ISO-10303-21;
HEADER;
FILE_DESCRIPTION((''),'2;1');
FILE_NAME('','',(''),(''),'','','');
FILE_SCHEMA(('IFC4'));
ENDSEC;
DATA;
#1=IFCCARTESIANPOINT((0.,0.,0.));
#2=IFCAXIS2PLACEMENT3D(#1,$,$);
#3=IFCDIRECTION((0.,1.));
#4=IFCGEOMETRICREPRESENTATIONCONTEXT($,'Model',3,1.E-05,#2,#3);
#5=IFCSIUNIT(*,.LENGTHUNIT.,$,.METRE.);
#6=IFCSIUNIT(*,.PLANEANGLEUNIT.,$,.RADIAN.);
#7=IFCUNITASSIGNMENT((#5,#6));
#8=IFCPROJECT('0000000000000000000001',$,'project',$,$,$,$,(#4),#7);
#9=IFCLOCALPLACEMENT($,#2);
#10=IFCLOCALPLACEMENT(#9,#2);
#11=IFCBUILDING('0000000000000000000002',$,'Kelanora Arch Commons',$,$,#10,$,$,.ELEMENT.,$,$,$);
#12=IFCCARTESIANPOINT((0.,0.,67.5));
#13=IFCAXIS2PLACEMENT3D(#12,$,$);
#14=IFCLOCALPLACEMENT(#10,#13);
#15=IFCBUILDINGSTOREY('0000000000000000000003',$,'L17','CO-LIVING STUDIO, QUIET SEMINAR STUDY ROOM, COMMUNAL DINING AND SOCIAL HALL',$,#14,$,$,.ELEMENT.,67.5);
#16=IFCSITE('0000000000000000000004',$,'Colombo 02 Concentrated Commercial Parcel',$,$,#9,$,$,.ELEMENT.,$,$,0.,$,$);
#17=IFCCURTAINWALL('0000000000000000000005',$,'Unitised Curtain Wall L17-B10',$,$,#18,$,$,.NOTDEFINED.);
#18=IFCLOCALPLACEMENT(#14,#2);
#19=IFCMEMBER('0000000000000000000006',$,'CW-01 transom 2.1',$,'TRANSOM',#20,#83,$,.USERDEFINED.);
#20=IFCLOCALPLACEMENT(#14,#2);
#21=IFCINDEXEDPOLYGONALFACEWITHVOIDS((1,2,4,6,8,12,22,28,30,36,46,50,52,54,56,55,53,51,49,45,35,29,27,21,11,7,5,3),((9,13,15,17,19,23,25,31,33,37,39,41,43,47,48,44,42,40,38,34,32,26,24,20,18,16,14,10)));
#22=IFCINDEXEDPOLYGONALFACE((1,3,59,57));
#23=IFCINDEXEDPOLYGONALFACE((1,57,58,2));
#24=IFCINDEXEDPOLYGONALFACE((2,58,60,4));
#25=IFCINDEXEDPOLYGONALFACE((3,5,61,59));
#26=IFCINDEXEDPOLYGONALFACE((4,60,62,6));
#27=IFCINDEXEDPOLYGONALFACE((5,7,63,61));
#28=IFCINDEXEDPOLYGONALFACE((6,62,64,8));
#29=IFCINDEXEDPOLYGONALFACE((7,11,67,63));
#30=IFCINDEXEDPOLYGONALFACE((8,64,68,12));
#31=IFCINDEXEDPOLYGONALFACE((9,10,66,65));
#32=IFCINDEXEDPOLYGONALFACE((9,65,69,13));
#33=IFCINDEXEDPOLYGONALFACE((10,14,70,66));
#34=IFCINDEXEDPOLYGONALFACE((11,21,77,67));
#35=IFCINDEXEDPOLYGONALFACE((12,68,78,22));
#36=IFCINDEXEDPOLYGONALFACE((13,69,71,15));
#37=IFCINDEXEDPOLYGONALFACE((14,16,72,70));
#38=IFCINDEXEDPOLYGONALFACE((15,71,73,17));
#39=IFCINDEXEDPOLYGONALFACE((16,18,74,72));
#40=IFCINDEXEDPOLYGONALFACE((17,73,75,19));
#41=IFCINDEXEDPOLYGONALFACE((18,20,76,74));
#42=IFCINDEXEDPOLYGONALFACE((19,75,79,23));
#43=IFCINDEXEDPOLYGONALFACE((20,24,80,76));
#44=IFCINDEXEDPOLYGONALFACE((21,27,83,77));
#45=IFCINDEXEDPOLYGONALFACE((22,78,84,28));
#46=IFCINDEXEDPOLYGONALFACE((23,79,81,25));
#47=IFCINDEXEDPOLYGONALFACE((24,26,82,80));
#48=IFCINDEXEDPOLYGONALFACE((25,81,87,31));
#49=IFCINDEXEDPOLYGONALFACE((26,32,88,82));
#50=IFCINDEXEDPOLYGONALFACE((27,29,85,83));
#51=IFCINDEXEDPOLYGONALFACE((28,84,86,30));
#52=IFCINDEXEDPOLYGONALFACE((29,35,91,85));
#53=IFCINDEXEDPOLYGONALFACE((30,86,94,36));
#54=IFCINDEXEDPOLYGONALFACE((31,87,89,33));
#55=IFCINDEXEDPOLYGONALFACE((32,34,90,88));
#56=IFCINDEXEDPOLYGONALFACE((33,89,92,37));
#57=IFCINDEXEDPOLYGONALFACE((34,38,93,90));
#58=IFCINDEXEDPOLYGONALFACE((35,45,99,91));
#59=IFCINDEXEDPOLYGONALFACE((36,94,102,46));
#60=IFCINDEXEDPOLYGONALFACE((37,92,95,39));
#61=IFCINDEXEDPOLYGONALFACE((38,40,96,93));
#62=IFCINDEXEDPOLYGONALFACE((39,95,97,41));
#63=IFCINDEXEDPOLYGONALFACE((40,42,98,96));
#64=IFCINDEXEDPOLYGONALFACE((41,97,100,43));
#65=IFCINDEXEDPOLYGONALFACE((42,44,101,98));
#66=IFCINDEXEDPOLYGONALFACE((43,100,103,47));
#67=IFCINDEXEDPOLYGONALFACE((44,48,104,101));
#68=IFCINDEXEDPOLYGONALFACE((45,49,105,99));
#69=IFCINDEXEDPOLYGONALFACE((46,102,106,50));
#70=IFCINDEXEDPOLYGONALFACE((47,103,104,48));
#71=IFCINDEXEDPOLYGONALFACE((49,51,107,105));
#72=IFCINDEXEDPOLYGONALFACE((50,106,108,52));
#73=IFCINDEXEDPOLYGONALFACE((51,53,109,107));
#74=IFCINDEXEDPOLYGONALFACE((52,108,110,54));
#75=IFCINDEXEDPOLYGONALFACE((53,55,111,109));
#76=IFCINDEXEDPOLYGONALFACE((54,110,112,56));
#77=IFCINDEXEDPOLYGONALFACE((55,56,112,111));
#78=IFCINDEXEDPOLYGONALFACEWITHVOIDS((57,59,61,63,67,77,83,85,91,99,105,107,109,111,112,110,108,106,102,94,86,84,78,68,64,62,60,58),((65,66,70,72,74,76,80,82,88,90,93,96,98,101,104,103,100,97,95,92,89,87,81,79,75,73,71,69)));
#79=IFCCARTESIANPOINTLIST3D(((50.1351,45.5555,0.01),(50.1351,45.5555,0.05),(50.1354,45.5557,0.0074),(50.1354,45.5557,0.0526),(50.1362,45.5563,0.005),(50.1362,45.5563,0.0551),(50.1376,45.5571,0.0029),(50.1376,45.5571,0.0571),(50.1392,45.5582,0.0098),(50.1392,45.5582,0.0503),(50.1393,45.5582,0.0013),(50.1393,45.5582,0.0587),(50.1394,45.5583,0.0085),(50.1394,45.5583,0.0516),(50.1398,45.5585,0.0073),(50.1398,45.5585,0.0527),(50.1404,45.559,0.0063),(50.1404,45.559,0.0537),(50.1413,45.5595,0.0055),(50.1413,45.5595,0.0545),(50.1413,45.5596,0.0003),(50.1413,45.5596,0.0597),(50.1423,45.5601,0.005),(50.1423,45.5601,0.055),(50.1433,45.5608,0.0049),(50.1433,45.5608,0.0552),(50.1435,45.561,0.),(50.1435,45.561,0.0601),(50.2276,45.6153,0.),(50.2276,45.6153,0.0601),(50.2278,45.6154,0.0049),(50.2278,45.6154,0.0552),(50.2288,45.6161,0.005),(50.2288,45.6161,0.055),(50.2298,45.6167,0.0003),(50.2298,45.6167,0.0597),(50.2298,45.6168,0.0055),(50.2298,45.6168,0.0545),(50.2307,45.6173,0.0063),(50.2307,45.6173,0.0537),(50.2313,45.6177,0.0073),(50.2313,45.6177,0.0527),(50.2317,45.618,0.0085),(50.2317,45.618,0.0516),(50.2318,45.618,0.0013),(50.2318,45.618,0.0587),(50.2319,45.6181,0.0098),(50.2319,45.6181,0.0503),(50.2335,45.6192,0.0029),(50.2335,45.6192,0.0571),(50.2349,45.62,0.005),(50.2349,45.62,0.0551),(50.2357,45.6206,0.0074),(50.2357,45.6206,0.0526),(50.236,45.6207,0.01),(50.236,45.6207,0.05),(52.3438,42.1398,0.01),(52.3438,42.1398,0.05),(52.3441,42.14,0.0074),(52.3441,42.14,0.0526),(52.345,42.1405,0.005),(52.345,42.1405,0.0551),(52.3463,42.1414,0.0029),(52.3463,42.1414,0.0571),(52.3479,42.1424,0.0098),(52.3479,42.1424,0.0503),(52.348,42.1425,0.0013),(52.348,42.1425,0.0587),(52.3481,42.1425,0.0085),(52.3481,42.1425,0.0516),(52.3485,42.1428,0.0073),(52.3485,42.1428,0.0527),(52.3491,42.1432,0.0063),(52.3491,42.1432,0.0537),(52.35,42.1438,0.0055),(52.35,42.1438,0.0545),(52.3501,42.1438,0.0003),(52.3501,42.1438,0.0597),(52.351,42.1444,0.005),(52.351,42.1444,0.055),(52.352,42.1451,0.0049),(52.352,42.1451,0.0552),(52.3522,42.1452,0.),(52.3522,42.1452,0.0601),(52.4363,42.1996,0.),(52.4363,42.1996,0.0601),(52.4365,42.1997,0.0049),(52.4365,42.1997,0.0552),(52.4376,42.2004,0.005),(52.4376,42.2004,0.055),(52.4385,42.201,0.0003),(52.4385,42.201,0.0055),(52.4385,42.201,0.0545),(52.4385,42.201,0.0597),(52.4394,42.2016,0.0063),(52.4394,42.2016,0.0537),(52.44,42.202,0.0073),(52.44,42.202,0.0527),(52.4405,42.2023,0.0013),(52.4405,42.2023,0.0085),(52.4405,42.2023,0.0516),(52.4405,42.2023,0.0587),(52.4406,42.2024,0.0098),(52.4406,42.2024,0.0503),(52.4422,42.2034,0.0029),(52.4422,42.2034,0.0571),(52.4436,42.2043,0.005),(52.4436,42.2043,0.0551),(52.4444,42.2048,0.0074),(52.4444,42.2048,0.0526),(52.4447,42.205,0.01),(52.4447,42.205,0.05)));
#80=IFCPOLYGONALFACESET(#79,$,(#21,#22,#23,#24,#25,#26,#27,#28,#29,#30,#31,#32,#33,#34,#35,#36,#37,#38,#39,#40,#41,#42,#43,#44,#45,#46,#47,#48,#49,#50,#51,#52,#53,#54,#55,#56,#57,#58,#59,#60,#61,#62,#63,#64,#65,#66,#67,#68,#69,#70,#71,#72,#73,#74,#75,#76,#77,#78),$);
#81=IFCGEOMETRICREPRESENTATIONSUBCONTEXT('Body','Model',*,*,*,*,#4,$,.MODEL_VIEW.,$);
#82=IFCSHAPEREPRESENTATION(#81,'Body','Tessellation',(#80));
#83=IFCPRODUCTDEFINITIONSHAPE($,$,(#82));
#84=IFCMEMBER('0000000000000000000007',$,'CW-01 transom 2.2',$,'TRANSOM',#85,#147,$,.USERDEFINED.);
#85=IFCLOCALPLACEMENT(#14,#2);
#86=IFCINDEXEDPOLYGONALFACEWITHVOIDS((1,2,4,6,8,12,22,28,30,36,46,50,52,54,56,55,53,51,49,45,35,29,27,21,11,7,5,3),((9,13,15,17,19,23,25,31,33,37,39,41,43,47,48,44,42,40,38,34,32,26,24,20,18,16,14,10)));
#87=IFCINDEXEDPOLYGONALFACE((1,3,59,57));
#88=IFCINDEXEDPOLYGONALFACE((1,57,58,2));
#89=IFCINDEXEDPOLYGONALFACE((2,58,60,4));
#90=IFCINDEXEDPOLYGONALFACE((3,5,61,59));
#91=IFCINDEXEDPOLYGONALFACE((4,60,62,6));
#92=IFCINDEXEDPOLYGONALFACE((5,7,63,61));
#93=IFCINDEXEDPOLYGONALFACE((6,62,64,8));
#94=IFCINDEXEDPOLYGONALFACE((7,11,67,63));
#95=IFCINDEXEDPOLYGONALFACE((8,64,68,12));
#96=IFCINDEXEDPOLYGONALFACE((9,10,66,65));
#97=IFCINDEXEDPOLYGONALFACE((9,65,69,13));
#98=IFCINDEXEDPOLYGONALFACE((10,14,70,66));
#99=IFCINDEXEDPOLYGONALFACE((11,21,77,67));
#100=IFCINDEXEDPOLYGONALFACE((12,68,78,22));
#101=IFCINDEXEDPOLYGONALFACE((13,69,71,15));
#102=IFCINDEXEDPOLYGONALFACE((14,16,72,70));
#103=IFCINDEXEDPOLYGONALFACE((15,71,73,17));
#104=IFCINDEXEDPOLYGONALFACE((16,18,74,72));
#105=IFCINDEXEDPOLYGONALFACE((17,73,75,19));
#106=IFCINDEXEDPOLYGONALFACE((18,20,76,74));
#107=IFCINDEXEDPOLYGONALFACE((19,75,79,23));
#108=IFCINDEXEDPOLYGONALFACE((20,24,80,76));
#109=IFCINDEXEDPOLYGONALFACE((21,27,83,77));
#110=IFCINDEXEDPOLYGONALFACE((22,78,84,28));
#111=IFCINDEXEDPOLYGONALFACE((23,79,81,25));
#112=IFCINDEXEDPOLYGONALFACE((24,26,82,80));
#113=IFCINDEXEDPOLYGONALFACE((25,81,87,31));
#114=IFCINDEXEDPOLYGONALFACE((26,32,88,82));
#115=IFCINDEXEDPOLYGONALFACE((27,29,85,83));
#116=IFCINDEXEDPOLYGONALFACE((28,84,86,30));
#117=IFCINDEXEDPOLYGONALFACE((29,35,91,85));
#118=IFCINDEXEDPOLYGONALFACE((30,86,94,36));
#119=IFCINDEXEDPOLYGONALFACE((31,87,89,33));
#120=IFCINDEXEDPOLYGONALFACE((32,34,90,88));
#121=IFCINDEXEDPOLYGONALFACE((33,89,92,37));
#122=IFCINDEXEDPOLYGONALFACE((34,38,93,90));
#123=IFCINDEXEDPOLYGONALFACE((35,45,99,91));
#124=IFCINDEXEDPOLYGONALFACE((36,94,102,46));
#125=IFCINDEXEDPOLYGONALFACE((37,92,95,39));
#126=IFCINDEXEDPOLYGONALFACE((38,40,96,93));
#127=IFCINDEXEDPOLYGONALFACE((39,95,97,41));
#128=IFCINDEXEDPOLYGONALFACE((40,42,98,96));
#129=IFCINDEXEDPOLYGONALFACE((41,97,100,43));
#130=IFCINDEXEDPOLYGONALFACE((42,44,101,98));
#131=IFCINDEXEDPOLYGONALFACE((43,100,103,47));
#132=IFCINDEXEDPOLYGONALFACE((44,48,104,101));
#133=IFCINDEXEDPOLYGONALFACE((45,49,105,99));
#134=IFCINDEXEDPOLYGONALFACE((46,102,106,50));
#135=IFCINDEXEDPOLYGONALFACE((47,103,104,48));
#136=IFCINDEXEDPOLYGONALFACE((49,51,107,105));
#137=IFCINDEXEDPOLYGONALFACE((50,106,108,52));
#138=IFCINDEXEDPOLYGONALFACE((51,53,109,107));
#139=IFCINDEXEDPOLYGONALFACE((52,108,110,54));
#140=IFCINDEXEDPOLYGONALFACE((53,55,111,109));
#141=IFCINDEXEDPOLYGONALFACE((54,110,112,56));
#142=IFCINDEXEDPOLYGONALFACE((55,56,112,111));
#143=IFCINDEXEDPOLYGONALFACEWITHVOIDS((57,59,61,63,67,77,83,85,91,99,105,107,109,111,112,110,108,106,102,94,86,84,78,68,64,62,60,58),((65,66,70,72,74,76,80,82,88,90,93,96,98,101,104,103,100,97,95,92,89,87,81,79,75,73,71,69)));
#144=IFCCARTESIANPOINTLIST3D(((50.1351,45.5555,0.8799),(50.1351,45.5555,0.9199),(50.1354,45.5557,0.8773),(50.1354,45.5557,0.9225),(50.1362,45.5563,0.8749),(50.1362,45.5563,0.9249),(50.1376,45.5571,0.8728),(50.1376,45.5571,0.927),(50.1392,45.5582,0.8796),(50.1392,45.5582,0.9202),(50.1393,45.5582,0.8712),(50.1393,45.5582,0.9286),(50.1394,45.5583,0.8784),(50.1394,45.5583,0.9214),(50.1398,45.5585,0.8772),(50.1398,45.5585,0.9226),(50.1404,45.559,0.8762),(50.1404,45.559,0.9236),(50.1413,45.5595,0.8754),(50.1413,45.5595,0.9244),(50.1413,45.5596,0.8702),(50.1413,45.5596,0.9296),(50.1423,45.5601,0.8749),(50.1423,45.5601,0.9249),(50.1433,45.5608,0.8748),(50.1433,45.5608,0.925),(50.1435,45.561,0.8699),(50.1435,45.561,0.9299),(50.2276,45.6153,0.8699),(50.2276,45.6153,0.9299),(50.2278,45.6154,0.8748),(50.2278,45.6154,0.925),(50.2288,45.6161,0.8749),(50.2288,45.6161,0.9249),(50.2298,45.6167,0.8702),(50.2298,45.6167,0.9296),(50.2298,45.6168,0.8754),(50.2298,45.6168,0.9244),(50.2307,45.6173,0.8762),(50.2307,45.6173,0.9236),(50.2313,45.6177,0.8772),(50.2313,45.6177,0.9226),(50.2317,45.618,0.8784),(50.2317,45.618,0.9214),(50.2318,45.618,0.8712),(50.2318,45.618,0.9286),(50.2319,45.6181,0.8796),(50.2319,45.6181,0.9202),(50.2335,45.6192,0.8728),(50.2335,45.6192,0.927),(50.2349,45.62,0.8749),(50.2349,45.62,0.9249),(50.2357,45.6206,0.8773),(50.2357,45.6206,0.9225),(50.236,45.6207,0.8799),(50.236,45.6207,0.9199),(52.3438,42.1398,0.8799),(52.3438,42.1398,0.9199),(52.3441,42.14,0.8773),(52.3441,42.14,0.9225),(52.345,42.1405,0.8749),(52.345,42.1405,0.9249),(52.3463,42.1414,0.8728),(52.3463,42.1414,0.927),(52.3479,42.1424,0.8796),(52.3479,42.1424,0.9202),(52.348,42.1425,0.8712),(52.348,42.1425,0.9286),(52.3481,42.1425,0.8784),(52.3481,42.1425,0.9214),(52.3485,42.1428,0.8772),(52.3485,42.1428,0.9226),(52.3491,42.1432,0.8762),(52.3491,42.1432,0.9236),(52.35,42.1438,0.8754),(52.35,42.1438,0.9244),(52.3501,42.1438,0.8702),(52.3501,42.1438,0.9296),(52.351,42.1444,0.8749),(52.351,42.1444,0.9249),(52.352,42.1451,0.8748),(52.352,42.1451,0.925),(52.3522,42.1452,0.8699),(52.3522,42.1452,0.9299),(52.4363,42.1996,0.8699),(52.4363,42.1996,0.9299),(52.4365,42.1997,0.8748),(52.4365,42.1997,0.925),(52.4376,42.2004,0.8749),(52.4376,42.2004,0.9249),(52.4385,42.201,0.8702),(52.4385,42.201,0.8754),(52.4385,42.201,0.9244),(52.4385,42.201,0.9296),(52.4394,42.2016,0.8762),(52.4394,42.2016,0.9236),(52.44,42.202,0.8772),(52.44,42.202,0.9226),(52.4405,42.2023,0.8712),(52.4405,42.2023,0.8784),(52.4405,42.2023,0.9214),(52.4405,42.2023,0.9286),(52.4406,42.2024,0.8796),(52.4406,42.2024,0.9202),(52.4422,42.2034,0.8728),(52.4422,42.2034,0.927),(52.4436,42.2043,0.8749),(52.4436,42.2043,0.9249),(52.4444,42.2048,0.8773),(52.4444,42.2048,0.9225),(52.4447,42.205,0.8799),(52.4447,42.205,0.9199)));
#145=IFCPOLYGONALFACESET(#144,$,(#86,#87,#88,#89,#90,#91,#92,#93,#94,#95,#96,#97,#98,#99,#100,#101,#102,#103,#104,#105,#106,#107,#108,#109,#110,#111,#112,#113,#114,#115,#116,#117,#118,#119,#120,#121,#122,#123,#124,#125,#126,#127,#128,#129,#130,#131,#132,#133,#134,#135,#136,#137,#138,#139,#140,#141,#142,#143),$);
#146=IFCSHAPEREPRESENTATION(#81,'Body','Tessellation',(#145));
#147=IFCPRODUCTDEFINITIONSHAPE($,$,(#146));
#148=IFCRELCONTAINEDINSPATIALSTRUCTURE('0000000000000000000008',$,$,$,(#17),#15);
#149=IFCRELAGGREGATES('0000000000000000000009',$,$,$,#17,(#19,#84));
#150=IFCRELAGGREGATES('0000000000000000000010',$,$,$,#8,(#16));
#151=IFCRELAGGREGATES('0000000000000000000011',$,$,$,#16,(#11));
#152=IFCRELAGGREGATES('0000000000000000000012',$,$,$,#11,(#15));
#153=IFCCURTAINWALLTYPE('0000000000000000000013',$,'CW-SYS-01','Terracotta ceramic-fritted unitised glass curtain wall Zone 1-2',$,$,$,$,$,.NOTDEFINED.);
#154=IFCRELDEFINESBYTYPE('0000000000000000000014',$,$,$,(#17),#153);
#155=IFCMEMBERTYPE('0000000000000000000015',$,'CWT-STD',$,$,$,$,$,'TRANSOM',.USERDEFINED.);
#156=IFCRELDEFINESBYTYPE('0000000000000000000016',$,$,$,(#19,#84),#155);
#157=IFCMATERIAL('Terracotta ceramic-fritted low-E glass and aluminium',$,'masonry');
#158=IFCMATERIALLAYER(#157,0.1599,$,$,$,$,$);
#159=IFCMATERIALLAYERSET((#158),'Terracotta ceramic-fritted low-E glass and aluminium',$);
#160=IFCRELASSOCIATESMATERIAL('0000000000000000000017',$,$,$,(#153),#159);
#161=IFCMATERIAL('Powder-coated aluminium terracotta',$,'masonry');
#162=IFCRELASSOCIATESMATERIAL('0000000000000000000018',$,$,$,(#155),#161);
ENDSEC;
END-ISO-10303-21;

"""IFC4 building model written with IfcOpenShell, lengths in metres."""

from ifc_helpers import new_model, si_unit, direction, frame, origin, origin_2d, place, context, subcontext, project, spatial, hollow_rectangle, extrude, material, layer, layer_set, material_profile, profile_set, type_object, element, aggregate, save


model = new_model("IFC4")

# Units and contexts
model_context = context("Model", 3, precision=1e-05, world=origin(), true_north=direction((0.0, 1.0)))
body_context = subcontext(model_context, "Body", "Model", "MODEL_VIEW")
ifc_project = project(units=[si_unit("LENGTHUNIT", "METRE"), si_unit("PLANEANGLEUNIT", "RADIAN")], contexts=[model_context])

# Site, building, storey
site_placement = place(None, origin())
site = spatial("IfcSite", under=ifc_project, at=site_placement, Name="Colombo 02 Concentrated Commercial Parcel", CompositionType="ELEMENT", RefElevation=0.0)
building_placement = place(site_placement, origin())
building = spatial("IfcBuilding", under=site, at=building_placement, Name="Kelanora Arch Commons", CompositionType="ELEMENT")
storey_placement = place(building_placement, frame((0.0, 0.0, 67.5)))
storey = spatial("IfcBuildingStorey", under=building, at=storey_placement, Name="L17", Description="CO-LIVING STUDIO, QUIET SEMINAR STUDY ROOM, COMMUNAL DINING AND SOCIAL HALL", CompositionType="ELEMENT", Elevation=67.5)

# Curtain wall, members
ifc_material_1 = material(Name="Terracotta ceramic-fritted low-E glass and aluminium", Category="masonry")
ifc_layer_1 = layer(ifc_material_1, 0.1599)
ifc_layer_set_1 = layer_set([ifc_layer_1], Name="Terracotta ceramic-fritted low-E glass and aluminium")
curtain_wall_type = type_object("IfcCurtainWallType", Name="CW-SYS-01", Description="Terracotta ceramic-fritted unitised glass curtain wall Zone 1-2", PredefinedType="NOTDEFINED", material=ifc_layer_set_1)
curtain_wall_placement = place(storey_placement, origin())
curtain_wall = element("IfcCurtainWall", 1, at=curtain_wall_placement, inside=storey, type_object=curtain_wall_type, Name="Unitised Curtain Wall L17-B10", PredefinedType="NOTDEFINED")
ifc_material_2 = material(Name="Powder-coated aluminium terracotta", Category="masonry")
ifc_material_profile_1 = material_profile(ifc_material_2, hollow_rectangle(XDim=0.1201, YDim=0.0601, WallThickness=0.0049, InnerFilletRadius=0.0049, OuterFilletRadius=0.01, at=origin_2d()), Name="CWT120x60")
ifc_profile_set_1 = profile_set([ifc_material_profile_1], Name="Powder-coated aluminium terracotta")
member_type_1 = type_object("IfcMemberType", Name="CWT-STD", ElementType="TRANSOM", PredefinedType="USERDEFINED", material=ifc_profile_set_1)
member_1_placement = place(storey_placement, frame((50.1855, 45.5881, 0.03), z_axis=(0.542997, -0.839734, 0.0), x_axis=(0.839734, 0.542997, 0.0)))
member_1 = element("IfcMember", 2, at=member_1_placement, type_object=member_type_1, Name="CW-01 transom 2.1", ObjectType="TRANSOM", PredefinedType="USERDEFINED", context=body_context, shape_type="SweptSolid", body=[
    extrude(hollow_rectangle(XDim=0.1201, YDim=0.0601, WallThickness=0.0049, InnerFilletRadius=0.0049, OuterFilletRadius=0.01, at=origin_2d()), origin(), (0.0, 0.0, 1.0), 4.0676),
])
member_2_placement = place(storey_placement, frame((50.1855, 45.5881, 0.8999), z_axis=(0.542997, -0.839734, 0.0), x_axis=(0.839734, 0.542997, 0.0)))
member_2 = element("IfcMember", 3, at=member_2_placement, type_object=member_type_1, Name="CW-01 transom 2.2", ObjectType="TRANSOM", PredefinedType="USERDEFINED", context=body_context, shape_type="SweptSolid", body=[
    extrude(hollow_rectangle(XDim=0.1201, YDim=0.0601, WallThickness=0.0049, InnerFilletRadius=0.0049, OuterFilletRadius=0.01, at=origin_2d()), origin(), (0.0, 0.0, 1.0), 4.0676),
])

aggregate(curtain_wall, [member_1, member_2])

save(model, "model.ifc")
